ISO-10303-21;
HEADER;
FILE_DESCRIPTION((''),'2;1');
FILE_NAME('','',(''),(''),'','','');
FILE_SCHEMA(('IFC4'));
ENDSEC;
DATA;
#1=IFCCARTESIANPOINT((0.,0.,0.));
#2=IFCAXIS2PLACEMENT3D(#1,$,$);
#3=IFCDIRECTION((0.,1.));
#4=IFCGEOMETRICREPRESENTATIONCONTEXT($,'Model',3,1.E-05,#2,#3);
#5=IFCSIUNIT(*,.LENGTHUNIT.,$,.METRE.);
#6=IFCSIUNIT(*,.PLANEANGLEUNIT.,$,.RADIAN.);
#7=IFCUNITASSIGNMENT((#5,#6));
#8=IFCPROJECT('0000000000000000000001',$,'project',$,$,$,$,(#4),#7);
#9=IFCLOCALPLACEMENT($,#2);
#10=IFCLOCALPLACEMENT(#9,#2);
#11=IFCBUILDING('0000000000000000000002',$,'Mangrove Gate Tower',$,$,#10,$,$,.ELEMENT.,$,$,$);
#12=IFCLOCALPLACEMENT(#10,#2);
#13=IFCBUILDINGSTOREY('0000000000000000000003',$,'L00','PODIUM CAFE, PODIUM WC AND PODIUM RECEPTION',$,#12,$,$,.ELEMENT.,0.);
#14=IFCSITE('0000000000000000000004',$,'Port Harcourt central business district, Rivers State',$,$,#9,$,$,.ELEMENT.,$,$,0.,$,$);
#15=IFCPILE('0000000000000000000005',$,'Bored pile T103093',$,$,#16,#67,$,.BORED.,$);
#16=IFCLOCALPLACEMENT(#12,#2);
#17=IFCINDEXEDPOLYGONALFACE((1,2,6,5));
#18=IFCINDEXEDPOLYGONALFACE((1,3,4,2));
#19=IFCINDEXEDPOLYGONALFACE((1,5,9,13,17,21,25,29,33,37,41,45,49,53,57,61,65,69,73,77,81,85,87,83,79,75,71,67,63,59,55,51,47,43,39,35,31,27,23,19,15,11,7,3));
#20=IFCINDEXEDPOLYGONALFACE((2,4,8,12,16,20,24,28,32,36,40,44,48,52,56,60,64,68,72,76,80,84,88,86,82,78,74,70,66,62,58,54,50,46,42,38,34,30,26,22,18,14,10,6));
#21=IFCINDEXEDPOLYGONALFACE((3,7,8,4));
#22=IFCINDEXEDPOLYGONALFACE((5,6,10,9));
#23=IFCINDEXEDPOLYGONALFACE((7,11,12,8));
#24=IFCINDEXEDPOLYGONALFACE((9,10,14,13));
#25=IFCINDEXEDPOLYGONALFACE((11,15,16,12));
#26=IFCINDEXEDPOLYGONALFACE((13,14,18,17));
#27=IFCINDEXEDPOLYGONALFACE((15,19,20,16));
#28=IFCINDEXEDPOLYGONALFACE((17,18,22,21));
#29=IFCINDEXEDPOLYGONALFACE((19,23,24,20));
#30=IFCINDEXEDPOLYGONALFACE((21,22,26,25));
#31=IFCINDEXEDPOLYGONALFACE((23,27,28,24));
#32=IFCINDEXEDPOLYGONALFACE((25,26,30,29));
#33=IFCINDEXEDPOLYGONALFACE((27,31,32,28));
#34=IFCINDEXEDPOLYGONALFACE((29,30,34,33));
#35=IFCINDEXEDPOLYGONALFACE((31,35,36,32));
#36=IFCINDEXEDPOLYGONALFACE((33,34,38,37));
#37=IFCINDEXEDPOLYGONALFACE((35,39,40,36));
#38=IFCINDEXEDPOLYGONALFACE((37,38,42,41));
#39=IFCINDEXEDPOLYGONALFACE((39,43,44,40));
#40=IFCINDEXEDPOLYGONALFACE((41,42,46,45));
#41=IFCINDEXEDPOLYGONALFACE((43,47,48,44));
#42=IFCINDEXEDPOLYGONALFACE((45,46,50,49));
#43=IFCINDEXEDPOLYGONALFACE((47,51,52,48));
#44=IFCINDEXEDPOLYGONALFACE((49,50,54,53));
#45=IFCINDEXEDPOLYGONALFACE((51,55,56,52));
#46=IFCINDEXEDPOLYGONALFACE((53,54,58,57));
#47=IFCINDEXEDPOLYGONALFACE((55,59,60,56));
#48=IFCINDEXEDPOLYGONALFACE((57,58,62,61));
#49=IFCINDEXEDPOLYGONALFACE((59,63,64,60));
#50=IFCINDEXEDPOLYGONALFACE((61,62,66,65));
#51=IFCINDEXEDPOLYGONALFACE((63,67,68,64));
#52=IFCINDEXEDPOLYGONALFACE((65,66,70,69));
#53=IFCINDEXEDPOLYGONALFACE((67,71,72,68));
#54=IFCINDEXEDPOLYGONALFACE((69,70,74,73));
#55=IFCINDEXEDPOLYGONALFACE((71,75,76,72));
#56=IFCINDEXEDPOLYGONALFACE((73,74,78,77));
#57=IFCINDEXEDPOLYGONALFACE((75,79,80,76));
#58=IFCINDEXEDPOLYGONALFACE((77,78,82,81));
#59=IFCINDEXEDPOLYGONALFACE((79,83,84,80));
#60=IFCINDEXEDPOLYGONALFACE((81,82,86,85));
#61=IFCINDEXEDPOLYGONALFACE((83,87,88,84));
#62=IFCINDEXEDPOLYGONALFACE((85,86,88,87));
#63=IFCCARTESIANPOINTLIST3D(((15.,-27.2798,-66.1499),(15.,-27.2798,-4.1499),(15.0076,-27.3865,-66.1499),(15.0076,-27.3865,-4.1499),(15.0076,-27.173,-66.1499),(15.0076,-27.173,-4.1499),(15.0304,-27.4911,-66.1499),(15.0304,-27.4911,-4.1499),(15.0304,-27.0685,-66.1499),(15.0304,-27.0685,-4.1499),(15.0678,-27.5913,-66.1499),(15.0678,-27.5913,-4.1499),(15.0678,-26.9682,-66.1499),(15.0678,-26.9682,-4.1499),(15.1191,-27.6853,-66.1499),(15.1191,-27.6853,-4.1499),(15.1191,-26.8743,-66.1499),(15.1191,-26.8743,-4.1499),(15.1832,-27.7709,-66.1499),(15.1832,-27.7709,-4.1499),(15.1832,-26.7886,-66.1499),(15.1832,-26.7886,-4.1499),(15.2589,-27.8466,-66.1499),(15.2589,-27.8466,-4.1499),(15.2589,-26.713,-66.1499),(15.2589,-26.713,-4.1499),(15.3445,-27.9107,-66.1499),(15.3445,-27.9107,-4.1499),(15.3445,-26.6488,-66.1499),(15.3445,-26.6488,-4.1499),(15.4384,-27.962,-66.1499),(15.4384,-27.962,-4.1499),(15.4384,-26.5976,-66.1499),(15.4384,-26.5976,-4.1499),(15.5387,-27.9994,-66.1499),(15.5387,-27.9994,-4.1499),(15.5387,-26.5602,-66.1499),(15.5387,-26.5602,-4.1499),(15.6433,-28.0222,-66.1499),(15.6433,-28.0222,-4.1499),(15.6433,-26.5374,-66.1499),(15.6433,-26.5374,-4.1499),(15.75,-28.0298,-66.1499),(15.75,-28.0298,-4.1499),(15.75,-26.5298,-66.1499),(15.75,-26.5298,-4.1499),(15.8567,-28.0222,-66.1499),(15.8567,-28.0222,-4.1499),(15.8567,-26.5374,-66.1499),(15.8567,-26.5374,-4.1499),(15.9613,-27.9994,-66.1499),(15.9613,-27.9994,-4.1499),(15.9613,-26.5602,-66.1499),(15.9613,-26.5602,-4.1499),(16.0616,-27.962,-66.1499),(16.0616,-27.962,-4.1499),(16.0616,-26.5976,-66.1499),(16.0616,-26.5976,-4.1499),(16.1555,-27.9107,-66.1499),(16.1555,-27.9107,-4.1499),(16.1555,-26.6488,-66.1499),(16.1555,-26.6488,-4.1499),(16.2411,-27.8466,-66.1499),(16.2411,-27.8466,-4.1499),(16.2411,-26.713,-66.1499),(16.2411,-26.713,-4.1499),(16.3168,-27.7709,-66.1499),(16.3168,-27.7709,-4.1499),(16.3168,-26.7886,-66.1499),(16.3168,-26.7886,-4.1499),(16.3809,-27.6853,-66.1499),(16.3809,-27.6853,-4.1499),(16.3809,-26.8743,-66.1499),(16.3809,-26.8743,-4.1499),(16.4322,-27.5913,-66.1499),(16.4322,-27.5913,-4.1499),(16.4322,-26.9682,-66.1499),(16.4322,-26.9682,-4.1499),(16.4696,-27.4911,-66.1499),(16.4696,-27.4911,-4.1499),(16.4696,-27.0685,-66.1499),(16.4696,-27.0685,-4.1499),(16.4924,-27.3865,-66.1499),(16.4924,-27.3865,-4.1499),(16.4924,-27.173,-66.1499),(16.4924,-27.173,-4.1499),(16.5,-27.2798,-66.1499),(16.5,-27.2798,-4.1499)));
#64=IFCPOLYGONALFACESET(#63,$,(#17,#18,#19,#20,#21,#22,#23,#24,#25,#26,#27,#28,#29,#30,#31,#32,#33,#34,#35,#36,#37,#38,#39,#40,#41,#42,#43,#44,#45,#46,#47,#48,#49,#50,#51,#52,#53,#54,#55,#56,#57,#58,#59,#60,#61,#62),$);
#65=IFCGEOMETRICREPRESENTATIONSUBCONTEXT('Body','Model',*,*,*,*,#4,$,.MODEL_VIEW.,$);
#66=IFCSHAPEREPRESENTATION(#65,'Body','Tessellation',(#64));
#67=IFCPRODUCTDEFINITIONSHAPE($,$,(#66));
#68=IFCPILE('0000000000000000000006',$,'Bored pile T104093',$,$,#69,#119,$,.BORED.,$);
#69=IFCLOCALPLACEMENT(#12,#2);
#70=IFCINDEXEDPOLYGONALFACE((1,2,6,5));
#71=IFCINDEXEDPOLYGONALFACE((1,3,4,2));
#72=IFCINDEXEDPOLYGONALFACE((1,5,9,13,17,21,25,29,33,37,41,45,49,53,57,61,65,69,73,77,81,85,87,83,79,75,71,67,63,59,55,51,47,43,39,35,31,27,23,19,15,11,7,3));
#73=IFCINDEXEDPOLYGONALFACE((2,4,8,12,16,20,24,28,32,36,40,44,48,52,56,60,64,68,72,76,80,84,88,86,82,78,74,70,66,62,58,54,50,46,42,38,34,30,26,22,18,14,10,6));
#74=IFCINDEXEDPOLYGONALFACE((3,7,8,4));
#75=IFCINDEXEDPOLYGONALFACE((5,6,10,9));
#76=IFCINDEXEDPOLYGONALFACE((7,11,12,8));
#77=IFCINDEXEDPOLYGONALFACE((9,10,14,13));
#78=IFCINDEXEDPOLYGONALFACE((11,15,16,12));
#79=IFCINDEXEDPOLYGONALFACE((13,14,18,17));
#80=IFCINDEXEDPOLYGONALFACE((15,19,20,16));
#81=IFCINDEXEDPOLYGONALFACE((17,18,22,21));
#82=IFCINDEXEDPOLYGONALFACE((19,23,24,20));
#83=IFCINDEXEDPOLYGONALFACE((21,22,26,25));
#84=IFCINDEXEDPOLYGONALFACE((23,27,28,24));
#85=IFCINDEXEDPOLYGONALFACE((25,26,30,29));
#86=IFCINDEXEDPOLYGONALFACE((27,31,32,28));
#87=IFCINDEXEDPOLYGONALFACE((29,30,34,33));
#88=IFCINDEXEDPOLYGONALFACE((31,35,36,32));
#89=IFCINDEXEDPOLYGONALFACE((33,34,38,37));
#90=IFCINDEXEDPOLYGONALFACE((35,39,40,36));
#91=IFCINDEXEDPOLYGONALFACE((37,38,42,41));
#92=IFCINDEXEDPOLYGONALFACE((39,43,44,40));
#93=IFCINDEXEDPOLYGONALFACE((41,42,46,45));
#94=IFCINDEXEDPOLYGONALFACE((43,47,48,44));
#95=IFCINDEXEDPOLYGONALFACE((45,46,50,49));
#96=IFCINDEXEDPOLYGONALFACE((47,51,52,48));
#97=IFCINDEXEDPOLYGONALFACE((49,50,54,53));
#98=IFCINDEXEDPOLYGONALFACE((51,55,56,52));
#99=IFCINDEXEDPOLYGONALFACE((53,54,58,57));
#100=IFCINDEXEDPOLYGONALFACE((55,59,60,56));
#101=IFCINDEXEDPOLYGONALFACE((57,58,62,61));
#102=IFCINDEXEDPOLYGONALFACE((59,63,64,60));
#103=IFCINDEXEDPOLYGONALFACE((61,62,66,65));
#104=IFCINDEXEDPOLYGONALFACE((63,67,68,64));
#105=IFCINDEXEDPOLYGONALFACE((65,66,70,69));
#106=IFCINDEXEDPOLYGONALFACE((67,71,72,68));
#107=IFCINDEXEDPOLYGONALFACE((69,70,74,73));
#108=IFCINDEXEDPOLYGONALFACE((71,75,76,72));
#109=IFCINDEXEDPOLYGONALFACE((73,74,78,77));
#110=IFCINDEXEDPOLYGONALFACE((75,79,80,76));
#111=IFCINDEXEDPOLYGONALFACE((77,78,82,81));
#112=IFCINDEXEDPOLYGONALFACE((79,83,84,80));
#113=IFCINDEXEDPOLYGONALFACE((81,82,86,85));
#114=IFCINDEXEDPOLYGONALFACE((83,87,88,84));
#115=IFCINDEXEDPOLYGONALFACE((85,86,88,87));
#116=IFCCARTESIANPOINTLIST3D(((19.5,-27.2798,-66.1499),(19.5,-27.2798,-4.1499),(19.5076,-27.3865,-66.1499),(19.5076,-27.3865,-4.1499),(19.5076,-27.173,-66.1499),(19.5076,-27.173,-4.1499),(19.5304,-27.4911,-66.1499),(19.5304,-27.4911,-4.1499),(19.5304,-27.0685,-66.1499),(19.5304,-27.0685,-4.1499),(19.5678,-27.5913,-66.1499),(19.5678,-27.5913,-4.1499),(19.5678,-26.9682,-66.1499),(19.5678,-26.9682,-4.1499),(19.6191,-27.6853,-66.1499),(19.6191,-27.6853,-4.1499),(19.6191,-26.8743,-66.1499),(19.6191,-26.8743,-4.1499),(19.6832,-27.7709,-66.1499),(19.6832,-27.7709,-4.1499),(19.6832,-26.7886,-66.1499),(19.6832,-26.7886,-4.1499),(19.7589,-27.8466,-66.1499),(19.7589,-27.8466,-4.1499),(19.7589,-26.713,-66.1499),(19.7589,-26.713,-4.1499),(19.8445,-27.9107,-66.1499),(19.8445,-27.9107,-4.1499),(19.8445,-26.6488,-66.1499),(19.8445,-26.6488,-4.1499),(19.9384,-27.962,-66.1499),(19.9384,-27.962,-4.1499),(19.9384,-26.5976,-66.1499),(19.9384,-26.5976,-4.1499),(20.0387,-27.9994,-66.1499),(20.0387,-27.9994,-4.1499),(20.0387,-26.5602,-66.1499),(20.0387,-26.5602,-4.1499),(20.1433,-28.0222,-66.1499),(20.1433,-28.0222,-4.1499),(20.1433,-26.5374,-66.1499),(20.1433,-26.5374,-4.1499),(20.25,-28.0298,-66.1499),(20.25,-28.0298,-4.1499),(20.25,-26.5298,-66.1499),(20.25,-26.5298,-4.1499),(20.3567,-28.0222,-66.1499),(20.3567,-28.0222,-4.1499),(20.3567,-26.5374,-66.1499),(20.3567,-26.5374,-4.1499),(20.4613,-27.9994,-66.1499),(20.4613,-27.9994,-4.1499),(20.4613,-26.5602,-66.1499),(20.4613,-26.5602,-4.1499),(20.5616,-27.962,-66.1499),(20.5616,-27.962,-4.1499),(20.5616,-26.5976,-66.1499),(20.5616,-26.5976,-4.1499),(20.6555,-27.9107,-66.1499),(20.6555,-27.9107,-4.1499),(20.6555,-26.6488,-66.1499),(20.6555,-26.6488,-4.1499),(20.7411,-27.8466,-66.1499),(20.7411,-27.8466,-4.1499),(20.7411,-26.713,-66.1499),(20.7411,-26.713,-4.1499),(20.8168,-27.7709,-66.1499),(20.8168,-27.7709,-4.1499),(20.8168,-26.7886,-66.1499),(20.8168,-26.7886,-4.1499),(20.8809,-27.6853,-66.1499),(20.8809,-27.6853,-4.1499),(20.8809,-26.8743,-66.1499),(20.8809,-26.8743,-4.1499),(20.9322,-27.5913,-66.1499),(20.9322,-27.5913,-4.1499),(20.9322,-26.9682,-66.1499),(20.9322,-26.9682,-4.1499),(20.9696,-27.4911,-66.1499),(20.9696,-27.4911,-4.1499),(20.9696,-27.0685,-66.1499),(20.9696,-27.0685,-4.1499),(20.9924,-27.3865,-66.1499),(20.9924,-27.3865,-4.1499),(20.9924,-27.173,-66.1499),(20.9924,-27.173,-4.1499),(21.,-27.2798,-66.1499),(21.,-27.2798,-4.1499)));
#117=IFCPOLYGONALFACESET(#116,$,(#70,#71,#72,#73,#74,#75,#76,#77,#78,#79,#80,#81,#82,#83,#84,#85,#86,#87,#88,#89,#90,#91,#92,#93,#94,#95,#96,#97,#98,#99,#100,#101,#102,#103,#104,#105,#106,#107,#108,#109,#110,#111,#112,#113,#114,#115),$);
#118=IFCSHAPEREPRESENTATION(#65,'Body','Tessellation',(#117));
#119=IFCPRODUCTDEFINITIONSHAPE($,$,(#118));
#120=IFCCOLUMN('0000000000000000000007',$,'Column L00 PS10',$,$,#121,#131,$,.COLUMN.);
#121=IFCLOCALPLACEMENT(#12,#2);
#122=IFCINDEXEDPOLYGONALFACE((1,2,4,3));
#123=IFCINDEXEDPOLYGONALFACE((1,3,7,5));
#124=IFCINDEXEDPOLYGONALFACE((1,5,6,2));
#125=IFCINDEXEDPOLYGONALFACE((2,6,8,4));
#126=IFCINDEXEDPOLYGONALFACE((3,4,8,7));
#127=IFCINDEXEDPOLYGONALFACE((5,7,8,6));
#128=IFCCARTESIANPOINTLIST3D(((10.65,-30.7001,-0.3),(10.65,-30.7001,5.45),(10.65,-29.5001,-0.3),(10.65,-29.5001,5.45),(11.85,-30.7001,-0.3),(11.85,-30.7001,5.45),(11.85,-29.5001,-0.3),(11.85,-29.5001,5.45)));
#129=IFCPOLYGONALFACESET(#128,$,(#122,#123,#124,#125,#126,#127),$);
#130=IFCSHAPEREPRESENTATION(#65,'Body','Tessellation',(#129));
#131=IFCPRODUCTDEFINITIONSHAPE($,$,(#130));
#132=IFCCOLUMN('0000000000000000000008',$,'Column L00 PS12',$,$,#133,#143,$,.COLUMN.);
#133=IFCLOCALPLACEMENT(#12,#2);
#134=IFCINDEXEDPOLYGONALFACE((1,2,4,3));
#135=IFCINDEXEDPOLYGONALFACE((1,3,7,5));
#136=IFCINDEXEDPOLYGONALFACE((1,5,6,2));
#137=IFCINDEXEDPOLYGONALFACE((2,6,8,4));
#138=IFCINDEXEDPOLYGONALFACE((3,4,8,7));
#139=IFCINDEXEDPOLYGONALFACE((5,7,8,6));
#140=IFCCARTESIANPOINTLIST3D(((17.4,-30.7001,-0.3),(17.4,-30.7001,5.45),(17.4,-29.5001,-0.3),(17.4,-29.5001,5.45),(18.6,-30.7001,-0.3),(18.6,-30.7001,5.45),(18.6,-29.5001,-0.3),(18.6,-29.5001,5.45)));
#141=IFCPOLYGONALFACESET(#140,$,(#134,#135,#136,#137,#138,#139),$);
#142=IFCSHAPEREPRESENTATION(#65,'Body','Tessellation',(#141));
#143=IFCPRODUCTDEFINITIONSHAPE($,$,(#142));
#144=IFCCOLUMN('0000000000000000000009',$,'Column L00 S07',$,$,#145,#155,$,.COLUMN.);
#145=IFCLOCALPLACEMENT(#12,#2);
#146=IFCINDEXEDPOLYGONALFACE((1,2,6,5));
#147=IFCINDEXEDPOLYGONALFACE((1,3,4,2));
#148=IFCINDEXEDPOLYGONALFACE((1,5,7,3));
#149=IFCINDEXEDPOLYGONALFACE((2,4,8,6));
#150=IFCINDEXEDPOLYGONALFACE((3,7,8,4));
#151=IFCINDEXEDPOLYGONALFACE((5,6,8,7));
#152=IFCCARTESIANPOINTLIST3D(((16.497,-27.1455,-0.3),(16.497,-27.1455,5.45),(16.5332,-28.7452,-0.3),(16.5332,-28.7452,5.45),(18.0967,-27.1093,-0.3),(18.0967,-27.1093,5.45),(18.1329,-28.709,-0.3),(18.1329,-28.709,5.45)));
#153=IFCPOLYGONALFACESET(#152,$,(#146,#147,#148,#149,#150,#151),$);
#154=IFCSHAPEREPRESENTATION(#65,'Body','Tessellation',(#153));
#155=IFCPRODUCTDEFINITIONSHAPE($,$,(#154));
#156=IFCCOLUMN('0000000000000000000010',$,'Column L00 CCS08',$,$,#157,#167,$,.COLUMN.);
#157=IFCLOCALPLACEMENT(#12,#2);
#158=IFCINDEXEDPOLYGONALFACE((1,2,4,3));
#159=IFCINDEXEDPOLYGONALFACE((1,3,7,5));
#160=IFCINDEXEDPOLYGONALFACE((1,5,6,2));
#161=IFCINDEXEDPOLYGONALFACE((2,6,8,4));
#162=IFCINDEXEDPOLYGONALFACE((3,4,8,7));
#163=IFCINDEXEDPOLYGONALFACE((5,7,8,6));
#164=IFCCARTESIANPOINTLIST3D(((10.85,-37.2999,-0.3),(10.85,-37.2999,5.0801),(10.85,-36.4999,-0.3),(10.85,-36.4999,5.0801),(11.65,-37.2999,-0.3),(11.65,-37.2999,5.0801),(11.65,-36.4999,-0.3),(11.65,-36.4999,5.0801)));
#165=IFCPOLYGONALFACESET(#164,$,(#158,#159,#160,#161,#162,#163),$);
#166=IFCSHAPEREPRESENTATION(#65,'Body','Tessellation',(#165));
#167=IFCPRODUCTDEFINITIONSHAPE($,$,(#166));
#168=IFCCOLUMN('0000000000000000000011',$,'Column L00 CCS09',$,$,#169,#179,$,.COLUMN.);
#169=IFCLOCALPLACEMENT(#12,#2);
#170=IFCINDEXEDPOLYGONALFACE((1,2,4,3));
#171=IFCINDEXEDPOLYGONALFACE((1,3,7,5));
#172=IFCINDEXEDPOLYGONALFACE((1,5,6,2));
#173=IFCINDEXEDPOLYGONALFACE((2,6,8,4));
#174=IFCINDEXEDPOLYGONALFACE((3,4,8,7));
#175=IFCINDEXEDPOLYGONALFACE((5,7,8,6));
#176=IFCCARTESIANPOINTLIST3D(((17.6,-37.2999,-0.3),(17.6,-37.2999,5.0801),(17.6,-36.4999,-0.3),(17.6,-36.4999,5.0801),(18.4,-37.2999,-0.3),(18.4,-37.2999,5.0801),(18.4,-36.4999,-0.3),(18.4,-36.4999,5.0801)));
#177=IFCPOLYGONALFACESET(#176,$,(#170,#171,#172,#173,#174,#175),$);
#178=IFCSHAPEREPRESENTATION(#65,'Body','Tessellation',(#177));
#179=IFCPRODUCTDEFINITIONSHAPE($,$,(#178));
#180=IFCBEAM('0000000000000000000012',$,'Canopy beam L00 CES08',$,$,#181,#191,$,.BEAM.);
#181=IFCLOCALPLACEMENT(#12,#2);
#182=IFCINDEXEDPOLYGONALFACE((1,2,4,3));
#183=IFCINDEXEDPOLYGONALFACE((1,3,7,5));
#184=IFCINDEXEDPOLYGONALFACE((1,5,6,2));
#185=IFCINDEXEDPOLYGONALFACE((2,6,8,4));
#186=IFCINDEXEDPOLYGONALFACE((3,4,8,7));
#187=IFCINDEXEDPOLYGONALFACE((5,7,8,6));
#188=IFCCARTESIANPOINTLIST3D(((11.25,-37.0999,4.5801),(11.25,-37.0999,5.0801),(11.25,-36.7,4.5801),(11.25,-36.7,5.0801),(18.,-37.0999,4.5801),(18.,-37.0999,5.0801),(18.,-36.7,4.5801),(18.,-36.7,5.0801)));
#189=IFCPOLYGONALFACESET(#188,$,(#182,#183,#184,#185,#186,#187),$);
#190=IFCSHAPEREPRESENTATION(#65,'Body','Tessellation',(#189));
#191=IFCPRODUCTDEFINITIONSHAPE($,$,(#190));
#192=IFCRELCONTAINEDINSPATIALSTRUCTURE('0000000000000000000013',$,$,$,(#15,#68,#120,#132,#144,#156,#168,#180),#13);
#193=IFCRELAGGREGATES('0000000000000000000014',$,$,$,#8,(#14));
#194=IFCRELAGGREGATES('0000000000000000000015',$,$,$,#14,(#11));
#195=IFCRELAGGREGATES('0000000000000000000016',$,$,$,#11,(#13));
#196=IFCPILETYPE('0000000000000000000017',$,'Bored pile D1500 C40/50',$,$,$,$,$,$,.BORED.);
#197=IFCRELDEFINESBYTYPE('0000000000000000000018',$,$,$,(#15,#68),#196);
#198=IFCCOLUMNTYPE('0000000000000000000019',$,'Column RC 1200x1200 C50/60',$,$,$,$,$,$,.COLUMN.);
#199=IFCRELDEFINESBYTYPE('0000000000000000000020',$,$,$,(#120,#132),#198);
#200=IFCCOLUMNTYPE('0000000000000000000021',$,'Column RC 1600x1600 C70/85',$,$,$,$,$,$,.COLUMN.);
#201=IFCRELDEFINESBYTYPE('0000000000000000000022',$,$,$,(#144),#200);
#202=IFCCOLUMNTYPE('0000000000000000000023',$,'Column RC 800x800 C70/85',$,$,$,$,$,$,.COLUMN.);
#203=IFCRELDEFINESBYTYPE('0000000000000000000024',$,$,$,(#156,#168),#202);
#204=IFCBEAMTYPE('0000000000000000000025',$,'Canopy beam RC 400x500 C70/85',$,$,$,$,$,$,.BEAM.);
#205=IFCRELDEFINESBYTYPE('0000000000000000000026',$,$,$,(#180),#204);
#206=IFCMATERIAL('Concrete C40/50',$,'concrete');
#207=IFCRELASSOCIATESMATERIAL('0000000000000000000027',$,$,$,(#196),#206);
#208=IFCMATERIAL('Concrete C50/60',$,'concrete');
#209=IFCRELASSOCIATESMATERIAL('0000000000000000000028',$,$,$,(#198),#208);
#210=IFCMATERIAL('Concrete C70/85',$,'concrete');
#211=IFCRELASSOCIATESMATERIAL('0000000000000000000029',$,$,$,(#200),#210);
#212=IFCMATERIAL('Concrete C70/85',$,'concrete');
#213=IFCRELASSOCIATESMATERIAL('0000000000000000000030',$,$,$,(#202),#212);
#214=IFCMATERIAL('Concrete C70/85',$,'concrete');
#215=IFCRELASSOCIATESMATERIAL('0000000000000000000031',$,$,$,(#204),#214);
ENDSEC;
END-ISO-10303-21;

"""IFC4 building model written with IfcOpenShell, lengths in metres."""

from ifc_helpers import new_model, si_unit, direction, frame, origin, origin_2d, place, context, subcontext, project, spatial, rectangle, circle, extrude, material, material_profile, profile_set, type_object, element, save


model = new_model("IFC4")

# Units and contexts
model_context = context("Model", 3, precision=1e-05, world=origin(), true_north=direction((0.0, 1.0)))
body_context = subcontext(model_context, "Body", "Model", "MODEL_VIEW")
ifc_project = project(units=[si_unit("LENGTHUNIT", "METRE"), si_unit("PLANEANGLEUNIT", "RADIAN")], contexts=[model_context])

# Site, building, storey
site_placement = place(None, origin())
site = spatial("IfcSite", under=ifc_project, at=site_placement, Name="Port Harcourt central business district, Rivers State", CompositionType="ELEMENT", RefElevation=0.0)
building_placement = place(site_placement, origin())
building = spatial("IfcBuilding", under=site, at=building_placement, Name="Mangrove Gate Tower", CompositionType="ELEMENT")
storey_placement = place(building_placement, origin())
storey = spatial("IfcBuildingStorey", under=building, at=storey_placement, Name="L00", Description="PODIUM CAFE, PODIUM WC AND PODIUM RECEPTION", CompositionType="ELEMENT", Elevation=0.0)

# Piles
ifc_material_1 = material(Name="Concrete C40/50", Category="concrete")
ifc_material_profile_1 = material_profile(ifc_material_1, circle(Radius=0.75, at=origin_2d()))
ifc_profile_set_1 = profile_set([ifc_material_profile_1], Name="Concrete C40/50")
pile_type = type_object("IfcPileType", Name="Bored pile D1500 C40/50", PredefinedType="BORED", material=ifc_profile_set_1)
for number, where, z_axis, x_axis, name in (
    (1, (15.75, -27.2798, -4.1499), (0.0, 0.0, -1.0), (1.0, 0.0, 0.0), "Bored pile T103093"),
    (2, (20.25, -27.2798, -4.1499), (0.0, 0.0, -1.0), (1.0, 0.0, 0.0), "Bored pile T104093"),
):
    element("IfcPile", number, at=place(storey_placement, frame(where, z_axis=z_axis, x_axis=x_axis)), inside=storey, type_object=pile_type, Name=name, PredefinedType="BORED", context=body_context, shape_type="SweptSolid", body=[
        extrude(circle(Radius=0.75, at=origin_2d()), origin(), (0.0, 0.0, 1.0), 62.0),
    ])

# Columns
ifc_material_2 = material(Name="Concrete C50/60", Category="concrete")
ifc_material_profile_2 = material_profile(ifc_material_2, rectangle(XDim=1.2, YDim=1.2, at=origin_2d()))
ifc_profile_set_2 = profile_set([ifc_material_profile_2], Name="Concrete C50/60")
column_type_1 = type_object("IfcColumnType", Name="Column RC 1200x1200 C50/60", PredefinedType="COLUMN", material=ifc_profile_set_2)
for number, where, z_axis, x_axis, name in (
    (3, (11.25, -30.1001, -0.3), (0.0, 0.0, 1.0), (1.0, 0.0, 0.0), "Column L00 PS10"),
    (4, (18.0, -30.1001, -0.3), (0.0, 0.0, 1.0), (1.0, 0.0, 0.0), "Column L00 PS12"),
):
    element("IfcColumn", number, at=place(storey_placement, frame(where, z_axis=z_axis, x_axis=x_axis)), inside=storey, type_object=column_type_1, Name=name, PredefinedType="COLUMN", context=body_context, shape_type="SweptSolid", body=[
        extrude(rectangle(XDim=1.2, YDim=1.2, at=origin_2d()), origin(), (0.0, 0.0, 1.0), 5.75),
    ])
ifc_material_3 = material(Name="Concrete C70/85", Category="concrete")
ifc_material_profile_3 = material_profile(ifc_material_3, rectangle(XDim=1.6001, YDim=1.6001, at=origin_2d()))
ifc_profile_set_3 = profile_set([ifc_material_profile_3], Name="Concrete C70/85")
column_type_2 = type_object("IfcColumnType", Name="Column RC 1600x1600 C70/85", PredefinedType="COLUMN", material=ifc_profile_set_3)
column_placement = place(storey_placement, frame((17.3149, -27.9272, -0.3), z_axis=(0.0, 0.0, 1.0), x_axis=(0.999744, 0.022644, 0.0)))
element("IfcColumn", 5, at=column_placement, inside=storey, type_object=column_type_2, Name="Column L00 S07", PredefinedType="COLUMN", context=body_context, shape_type="SweptSolid", body=[
    extrude(rectangle(XDim=1.6001, YDim=1.6001, at=origin_2d()), origin(), (0.0, 0.0, 1.0), 5.75),
])
ifc_material_4 = material(Name="Concrete C70/85", Category="concrete")
ifc_material_profile_4 = material_profile(ifc_material_4, rectangle(XDim=0.8, YDim=0.8, at=origin_2d()))
ifc_profile_set_4 = profile_set([ifc_material_profile_4], Name="Concrete C70/85")
column_type_3 = type_object("IfcColumnType", Name="Column RC 800x800 C70/85", PredefinedType="COLUMN", material=ifc_profile_set_4)
for number, where, z_axis, x_axis, name in (
    (6, (11.25, -36.8999, -0.3), (0.0, 0.0, 1.0), (1.0, 0.0, 0.0), "Column L00 CCS08"),
    (7, (18.0, -36.8999, -0.3), (0.0, 0.0, 1.0), (1.0, 0.0, 0.0), "Column L00 CCS09"),
):
    element("IfcColumn", number, at=place(storey_placement, frame(where, z_axis=z_axis, x_axis=x_axis)), inside=storey, type_object=column_type_3, Name=name, PredefinedType="COLUMN", context=body_context, shape_type="SweptSolid", body=[
        extrude(rectangle(XDim=0.8, YDim=0.8, at=origin_2d()), origin(), (0.0, 0.0, 1.0), 5.3801),
    ])

# Beam
ifc_material_5 = material(Name="Concrete C70/85", Category="concrete")
ifc_material_profile_5 = material_profile(ifc_material_5, rectangle(XDim=0.3999, YDim=0.5, at=origin_2d()))
ifc_profile_set_5 = profile_set([ifc_material_profile_5], Name="Concrete C70/85")
beam_type = type_object("IfcBeamType", Name="Canopy beam RC 400x500 C70/85", PredefinedType="BEAM", material=ifc_profile_set_5)
beam_1_placement = place(storey_placement, frame((11.25, -36.8999, 4.8301), z_axis=(1.0, 0.0, 0.0), x_axis=(0.0, 1.0, 0.0)))
element("IfcBeam", 8, at=beam_1_placement, inside=storey, type_object=beam_type, Name="Canopy beam L00 CES08", PredefinedType="BEAM", context=body_context, shape_type="SweptSolid", body=[
    extrude(rectangle(XDim=0.3999, YDim=0.5, at=origin_2d()), origin(), (0.0, 0.0, 1.0), 6.75),
])

save(model, "model.ifc")
